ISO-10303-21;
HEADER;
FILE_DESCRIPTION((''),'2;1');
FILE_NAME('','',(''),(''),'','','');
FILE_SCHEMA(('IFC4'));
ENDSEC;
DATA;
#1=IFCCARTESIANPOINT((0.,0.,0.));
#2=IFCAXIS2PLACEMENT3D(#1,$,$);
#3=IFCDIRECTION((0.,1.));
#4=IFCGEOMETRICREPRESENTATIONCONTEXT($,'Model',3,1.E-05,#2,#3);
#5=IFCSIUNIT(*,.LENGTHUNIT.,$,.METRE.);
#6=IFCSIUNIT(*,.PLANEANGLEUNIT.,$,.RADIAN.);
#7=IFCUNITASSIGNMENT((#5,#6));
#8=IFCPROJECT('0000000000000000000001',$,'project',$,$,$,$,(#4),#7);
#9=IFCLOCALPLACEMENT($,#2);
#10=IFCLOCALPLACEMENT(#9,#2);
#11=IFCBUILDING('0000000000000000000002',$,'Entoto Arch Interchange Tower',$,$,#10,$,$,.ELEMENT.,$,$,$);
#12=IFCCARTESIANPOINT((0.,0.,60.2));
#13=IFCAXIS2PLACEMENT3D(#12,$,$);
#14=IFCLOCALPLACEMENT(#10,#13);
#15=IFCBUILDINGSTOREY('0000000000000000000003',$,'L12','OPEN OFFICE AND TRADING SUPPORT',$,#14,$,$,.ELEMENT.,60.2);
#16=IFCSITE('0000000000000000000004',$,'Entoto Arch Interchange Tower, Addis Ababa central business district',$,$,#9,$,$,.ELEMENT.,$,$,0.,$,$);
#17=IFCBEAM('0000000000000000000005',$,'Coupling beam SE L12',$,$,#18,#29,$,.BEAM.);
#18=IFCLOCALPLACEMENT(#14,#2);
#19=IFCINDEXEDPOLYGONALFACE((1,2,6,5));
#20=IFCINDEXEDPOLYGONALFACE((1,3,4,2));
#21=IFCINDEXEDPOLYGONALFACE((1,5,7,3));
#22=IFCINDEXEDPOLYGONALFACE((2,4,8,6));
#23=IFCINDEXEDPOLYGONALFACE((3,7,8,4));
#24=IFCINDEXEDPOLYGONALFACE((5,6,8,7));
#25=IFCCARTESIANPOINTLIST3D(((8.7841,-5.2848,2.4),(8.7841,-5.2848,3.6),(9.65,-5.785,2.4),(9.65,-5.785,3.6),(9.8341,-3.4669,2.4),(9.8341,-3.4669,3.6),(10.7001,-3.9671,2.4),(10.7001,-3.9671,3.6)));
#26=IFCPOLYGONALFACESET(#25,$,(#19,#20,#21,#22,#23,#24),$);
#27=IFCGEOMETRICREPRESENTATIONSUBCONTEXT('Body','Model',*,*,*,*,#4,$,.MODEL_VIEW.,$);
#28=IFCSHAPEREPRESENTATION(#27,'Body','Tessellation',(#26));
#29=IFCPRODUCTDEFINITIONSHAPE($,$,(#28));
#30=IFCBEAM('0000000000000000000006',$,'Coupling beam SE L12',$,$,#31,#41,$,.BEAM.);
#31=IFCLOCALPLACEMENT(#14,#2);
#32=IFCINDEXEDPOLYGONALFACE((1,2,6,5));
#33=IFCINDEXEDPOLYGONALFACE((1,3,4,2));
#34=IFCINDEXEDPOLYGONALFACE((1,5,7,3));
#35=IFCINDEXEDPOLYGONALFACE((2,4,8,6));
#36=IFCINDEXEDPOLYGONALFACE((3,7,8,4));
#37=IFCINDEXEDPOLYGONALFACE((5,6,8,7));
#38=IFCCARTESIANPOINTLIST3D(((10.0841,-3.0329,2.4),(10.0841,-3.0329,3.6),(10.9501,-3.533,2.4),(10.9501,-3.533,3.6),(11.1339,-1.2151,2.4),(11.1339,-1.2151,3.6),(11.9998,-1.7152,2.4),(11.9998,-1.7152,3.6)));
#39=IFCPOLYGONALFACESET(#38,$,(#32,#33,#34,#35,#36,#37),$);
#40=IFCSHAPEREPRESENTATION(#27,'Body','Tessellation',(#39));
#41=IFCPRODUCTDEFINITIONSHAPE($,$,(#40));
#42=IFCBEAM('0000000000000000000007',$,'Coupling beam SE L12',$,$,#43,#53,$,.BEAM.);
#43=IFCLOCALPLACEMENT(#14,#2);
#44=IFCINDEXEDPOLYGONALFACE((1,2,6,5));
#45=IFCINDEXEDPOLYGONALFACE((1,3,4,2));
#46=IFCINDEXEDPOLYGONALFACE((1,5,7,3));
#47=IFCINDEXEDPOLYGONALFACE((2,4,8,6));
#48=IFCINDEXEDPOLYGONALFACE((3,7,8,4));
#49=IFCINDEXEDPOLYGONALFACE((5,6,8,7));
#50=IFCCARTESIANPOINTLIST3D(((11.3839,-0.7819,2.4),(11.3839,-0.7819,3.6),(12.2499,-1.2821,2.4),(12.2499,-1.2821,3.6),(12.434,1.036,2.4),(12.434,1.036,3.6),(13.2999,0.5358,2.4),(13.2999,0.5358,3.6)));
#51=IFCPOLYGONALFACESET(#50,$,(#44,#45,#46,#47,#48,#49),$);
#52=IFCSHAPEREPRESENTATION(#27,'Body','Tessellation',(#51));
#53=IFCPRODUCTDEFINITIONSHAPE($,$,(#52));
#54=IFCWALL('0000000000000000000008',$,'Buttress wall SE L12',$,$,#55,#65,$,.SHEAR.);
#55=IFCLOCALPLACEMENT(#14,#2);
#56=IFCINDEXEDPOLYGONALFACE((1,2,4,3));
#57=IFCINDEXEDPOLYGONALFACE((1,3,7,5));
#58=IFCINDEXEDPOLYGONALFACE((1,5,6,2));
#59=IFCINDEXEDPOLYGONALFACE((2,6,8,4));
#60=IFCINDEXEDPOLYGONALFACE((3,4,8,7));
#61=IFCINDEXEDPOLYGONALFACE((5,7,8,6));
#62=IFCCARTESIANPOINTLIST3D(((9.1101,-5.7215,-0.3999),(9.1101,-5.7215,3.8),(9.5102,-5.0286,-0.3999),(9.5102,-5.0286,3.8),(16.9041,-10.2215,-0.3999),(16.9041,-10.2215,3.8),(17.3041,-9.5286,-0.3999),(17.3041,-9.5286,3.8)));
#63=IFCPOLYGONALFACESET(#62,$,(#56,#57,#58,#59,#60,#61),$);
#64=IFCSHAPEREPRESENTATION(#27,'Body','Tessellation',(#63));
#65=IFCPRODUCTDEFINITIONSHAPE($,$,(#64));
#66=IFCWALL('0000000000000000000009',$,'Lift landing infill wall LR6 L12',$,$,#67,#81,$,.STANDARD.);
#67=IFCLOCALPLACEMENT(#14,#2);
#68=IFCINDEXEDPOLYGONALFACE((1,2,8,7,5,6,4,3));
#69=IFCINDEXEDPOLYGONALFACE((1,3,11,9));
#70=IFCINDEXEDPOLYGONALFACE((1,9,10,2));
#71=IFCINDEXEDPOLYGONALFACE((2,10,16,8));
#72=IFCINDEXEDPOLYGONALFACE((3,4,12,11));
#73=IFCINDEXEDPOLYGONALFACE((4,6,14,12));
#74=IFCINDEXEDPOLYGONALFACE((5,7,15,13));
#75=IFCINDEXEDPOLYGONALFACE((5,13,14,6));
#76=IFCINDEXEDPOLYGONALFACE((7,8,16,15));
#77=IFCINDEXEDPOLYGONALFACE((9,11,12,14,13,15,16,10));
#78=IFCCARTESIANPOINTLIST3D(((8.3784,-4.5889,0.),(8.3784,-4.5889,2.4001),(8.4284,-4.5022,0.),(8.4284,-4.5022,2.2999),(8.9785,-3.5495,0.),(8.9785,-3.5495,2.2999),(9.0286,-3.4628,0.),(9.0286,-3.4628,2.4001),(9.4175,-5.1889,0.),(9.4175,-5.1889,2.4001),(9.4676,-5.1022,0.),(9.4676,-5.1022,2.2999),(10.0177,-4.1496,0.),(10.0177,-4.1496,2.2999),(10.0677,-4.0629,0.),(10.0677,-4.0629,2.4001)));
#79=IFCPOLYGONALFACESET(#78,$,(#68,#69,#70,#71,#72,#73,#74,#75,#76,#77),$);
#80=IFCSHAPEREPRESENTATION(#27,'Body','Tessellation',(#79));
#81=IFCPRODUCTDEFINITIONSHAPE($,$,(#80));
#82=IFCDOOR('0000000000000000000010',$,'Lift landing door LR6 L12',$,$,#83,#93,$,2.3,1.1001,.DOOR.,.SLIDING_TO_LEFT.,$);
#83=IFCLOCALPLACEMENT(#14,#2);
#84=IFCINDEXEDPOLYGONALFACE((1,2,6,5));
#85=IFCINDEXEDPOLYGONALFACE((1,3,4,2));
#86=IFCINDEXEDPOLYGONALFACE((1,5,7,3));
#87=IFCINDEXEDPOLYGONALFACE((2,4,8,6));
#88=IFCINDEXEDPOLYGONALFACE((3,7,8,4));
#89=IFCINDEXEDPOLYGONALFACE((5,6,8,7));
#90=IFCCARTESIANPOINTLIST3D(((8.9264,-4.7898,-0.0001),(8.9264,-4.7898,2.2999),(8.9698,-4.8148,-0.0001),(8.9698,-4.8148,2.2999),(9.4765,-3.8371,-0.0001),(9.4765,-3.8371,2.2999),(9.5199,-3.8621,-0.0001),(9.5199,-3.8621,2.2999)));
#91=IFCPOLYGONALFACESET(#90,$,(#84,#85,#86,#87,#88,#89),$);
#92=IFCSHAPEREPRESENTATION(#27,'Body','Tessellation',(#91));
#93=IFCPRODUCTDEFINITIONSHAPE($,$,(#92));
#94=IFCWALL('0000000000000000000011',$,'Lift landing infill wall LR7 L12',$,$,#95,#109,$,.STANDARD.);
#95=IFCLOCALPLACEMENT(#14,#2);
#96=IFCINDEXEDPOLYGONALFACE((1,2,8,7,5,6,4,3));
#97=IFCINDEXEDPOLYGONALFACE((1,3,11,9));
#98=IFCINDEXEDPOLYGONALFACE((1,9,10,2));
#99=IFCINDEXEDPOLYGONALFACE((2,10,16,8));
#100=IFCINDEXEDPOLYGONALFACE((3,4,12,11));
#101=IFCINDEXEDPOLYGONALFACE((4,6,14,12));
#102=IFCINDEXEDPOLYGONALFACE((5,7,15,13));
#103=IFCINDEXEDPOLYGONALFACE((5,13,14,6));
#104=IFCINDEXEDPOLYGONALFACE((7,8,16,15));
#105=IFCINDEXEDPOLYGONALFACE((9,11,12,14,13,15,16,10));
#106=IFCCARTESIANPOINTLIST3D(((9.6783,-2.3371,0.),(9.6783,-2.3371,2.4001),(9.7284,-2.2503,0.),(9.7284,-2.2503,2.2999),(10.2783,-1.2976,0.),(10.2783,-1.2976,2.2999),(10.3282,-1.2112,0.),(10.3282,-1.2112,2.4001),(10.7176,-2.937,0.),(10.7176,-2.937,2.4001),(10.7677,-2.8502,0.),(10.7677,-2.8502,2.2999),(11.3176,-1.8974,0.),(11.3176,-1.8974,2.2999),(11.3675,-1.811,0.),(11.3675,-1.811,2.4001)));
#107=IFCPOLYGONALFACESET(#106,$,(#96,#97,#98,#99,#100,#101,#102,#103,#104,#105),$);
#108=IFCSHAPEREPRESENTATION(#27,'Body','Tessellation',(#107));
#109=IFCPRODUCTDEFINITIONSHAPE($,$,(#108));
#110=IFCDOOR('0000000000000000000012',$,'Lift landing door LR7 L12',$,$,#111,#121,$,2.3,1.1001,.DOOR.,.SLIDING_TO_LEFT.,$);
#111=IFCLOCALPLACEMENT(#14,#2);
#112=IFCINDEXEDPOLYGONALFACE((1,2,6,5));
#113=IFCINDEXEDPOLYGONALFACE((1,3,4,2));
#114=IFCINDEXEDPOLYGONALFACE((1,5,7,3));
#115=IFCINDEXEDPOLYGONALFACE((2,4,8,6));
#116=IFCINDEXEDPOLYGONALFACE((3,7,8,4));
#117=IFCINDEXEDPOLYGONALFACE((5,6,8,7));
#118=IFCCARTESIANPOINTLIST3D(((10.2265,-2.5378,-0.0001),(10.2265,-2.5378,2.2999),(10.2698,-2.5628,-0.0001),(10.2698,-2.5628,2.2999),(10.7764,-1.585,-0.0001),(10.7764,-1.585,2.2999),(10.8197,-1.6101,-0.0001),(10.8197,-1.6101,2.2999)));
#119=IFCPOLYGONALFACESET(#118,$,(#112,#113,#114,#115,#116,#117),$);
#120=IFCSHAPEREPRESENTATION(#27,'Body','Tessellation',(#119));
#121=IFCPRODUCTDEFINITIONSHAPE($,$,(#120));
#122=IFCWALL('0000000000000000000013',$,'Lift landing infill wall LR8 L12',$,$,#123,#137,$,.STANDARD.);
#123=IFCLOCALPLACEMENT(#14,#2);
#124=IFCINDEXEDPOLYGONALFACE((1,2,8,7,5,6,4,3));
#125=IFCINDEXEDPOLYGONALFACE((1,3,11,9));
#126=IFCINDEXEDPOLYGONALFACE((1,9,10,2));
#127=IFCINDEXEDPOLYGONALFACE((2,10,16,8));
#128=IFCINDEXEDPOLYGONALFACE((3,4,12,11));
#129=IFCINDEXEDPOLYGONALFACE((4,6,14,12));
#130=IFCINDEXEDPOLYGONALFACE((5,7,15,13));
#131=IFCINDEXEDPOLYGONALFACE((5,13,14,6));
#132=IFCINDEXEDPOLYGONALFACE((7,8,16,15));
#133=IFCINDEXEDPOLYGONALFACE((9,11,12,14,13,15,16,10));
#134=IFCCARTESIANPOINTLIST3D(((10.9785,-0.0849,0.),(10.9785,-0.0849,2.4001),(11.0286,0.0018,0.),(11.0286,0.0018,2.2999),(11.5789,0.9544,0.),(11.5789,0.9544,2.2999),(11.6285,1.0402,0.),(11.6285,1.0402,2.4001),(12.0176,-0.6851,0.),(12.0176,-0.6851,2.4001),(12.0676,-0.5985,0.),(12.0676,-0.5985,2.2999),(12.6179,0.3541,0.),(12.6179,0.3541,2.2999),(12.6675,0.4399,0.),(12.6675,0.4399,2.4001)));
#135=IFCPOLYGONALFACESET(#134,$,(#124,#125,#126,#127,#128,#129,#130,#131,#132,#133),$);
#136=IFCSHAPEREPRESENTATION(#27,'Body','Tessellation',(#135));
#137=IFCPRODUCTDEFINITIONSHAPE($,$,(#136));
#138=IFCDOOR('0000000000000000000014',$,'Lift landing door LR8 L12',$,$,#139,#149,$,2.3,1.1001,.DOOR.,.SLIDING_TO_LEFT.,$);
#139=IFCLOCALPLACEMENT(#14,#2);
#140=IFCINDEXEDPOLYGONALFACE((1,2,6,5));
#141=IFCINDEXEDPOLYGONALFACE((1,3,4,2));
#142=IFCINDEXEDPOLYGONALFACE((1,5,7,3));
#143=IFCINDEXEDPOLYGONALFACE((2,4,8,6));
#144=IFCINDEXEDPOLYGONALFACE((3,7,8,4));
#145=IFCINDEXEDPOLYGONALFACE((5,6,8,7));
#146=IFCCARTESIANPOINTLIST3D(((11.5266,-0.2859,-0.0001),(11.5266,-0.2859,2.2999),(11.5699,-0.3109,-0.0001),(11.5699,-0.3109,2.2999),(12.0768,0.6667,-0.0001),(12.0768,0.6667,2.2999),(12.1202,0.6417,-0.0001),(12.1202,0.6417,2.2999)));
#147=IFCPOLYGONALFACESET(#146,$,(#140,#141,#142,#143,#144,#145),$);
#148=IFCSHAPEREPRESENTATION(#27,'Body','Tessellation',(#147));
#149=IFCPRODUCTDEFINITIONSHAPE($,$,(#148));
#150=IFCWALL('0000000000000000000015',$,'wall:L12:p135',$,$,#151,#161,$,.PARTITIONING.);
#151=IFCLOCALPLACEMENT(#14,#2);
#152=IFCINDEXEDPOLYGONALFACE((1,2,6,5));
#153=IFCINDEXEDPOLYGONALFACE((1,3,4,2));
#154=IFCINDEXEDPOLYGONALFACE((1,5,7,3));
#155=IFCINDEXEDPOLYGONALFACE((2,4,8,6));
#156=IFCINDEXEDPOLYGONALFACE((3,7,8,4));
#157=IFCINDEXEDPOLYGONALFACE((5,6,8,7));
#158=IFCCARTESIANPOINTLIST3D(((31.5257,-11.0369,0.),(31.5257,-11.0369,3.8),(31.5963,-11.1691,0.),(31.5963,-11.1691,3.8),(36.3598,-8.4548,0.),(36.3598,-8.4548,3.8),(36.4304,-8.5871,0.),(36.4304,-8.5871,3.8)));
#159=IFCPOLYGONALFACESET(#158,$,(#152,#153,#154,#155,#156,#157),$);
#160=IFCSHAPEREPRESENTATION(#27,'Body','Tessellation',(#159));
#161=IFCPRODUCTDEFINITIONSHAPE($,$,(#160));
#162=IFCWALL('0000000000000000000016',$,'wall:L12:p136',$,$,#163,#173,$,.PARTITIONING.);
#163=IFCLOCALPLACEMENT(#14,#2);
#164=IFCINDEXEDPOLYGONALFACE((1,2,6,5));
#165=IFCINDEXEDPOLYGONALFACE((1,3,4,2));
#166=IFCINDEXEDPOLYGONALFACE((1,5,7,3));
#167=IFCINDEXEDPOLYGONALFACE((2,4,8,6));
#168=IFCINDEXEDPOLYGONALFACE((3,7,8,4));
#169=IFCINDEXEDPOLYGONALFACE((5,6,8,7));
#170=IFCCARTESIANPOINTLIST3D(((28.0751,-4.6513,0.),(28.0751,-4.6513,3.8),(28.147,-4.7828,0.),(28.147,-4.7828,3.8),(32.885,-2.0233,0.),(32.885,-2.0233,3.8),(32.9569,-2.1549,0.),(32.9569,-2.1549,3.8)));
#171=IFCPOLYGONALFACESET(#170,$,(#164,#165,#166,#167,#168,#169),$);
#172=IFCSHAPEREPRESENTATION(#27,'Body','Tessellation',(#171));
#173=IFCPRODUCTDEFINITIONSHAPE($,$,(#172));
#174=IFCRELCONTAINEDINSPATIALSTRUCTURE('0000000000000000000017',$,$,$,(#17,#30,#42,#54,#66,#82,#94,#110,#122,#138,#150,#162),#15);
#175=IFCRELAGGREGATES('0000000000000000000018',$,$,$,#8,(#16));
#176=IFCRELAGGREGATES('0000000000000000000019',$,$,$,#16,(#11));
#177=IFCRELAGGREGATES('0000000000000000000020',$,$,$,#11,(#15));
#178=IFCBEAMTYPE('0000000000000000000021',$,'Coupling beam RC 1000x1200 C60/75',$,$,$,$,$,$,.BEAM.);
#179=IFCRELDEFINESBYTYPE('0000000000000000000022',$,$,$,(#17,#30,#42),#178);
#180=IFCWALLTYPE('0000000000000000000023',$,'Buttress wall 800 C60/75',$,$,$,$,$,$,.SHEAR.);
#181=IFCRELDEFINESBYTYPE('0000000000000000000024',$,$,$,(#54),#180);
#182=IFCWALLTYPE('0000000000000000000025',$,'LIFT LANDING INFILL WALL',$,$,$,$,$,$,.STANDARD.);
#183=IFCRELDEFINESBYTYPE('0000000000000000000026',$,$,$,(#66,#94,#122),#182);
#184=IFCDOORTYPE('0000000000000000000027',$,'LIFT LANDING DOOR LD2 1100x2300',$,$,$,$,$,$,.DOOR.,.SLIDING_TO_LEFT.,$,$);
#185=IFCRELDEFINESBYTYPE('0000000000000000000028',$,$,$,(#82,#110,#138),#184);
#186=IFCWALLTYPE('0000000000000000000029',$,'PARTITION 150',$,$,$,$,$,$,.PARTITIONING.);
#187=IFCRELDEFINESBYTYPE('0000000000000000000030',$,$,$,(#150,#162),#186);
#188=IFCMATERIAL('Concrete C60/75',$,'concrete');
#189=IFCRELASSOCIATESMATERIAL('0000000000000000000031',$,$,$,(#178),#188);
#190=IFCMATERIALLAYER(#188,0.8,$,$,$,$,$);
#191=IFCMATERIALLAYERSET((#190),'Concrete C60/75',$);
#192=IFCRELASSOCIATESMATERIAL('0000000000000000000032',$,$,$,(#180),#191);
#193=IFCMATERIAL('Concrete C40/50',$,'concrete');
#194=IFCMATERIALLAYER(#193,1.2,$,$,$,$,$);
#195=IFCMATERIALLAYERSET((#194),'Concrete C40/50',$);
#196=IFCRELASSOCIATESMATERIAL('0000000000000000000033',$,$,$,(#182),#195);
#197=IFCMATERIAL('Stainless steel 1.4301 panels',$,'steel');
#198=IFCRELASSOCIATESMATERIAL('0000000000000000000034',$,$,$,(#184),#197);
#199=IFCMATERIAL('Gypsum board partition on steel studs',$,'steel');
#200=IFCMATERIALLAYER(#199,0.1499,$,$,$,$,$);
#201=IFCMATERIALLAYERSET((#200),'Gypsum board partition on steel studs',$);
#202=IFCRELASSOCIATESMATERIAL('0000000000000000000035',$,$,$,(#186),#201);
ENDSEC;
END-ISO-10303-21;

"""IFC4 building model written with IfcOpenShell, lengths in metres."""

from ifc_helpers import new_model, si_unit, direction, frame, frame_2d, origin, origin_2d, place, context, subcontext, project, spatial, rectangle, extrude, material, layer, layer_set, material_profile, profile_set, type_object, element, fill, save


model = new_model("IFC4")

# Units and contexts
model_context = context("Model", 3, precision=1e-05, world=origin(), true_north=direction((0.0, 1.0)))
body_context = subcontext(model_context, "Body", "Model", "MODEL_VIEW")
ifc_project = project(units=[si_unit("LENGTHUNIT", "METRE"), si_unit("PLANEANGLEUNIT", "RADIAN")], contexts=[model_context])

# Site, building, storey
site_placement = place(None, origin())
site = spatial("IfcSite", under=ifc_project, at=site_placement, Name="Entoto Arch Interchange Tower, Addis Ababa central business district", CompositionType="ELEMENT", RefElevation=0.0)
building_placement = place(site_placement, origin())
building = spatial("IfcBuilding", under=site, at=building_placement, Name="Entoto Arch Interchange Tower", CompositionType="ELEMENT")
storey_placement = place(building_placement, frame((0.0, 0.0, 60.2)))
storey = spatial("IfcBuildingStorey", under=building, at=storey_placement, Name="L12", Description="OPEN OFFICE AND TRADING SUPPORT", CompositionType="ELEMENT", Elevation=60.2)

# Beams
ifc_material_1 = material(Name="Concrete C60/75", Category="concrete")
ifc_material_profile = material_profile(ifc_material_1, rectangle(XDim=1.0, YDim=1.2, at=origin_2d()))
ifc_profile_set = profile_set([ifc_material_profile], Name="Concrete C60/75")
beam_type = type_object("IfcBeamType", Name="Coupling beam RC 1000x1200 C60/75", PredefinedType="BEAM", material=ifc_profile_set)
beam_1_placement = place(storey_placement, frame((9.217, -5.5349, 3.0), z_axis=(0.500179, 0.865922, 0.0), x_axis=(-0.865922, 0.500179, 0.0)))
element("IfcBeam", 1, at=beam_1_placement, inside=storey, type_object=beam_type, Name="Coupling beam SE L12", PredefinedType="BEAM", context=body_context, shape_type="SweptSolid", body=[
    extrude(rectangle(XDim=1.0, YDim=1.2, at=origin_2d()), origin(), (0.0, 0.0, 1.0), 2.0994),
])
beam_2_placement = place(storey_placement, frame((10.5171, -3.283, 3.0), z_axis=(0.500092, 0.865973, 0.0), x_axis=(-0.865973, 0.500092, 0.0)))
element("IfcBeam", 2, at=beam_2_placement, inside=storey, type_object=beam_type, Name="Coupling beam SE L12", PredefinedType="BEAM", context=body_context, shape_type="SweptSolid", body=[
    extrude(rectangle(XDim=1.0, YDim=1.2, at=origin_2d()), origin(), (0.0, 0.0, 1.0), 2.0991),
])
beam_3_placement = place(storey_placement, frame((11.8169, -1.032, 3.0), z_axis=(0.500179, 0.865922, 0.0), x_axis=(-0.865922, 0.500179, 0.0)))
element("IfcBeam", 3, at=beam_3_placement, inside=storey, type_object=beam_type, Name="Coupling beam SE L12", PredefinedType="BEAM", context=body_context, shape_type="SweptSolid", body=[
    extrude(rectangle(XDim=1.0, YDim=1.2, at=origin_2d()), origin(), (0.0, 0.0, 1.0), 2.0994),
])

# Wall
ifc_layer_1 = layer(ifc_material_1, 0.8)
ifc_layer_set_1 = layer_set([ifc_layer_1], Name="Concrete C60/75")
wall_type_1 = type_object("IfcWallType", Name="Buttress wall 800 C60/75", PredefinedType="SHEAR", material=ifc_layer_set_1)
wall_1_placement = place(storey_placement, frame((9.3101, -5.375, -0.3999), z_axis=(0.0, 0.0, 1.0), x_axis=(0.866018, -0.500014, 0.0)))
element("IfcWall", 4, at=wall_1_placement, inside=storey, type_object=wall_type_1, Name="Buttress wall SE L12", PredefinedType="SHEAR", context=body_context, shape_type="SweptSolid", body=[
    extrude(rectangle(XDim=8.9998, YDim=0.8, at=frame_2d((4.5, 0.0))), origin(), (0.0, 0.0, 1.0), 4.2),
])

# Walls, openings, doors
ifc_material_2 = material(Name="Concrete C40/50", Category="concrete")
ifc_layer_2 = layer(ifc_material_2, 1.2)
ifc_layer_set_2 = layer_set([ifc_layer_2], Name="Concrete C40/50")
wall_type_2 = type_object("IfcWallType", Name="LIFT LANDING INFILL WALL", PredefinedType="STANDARD", material=ifc_layer_set_2)
wall_2_placement = place(storey_placement, frame((8.8979, -4.8889, 0.0), z_axis=(0.0, 0.0, 1.0), x_axis=(0.500037, 0.866004, 0.0)))
wall_2 = element("IfcWall", 5, at=wall_2_placement, inside=storey, type_object=wall_type_2, Name="Lift landing infill wall LR6 L12", PredefinedType="STANDARD", context=body_context, shape_type="SweptSolid", body=[
    extrude(rectangle(XDim=1.3003, YDim=1.2, at=frame_2d((0.6501, 0.0))), origin(), (0.0, 0.0, 1.0), 2.4001),
])
opening_1_placement = place(wall_2_placement, frame((0.1001, 0.0, 0.0)))
opening_1 = element("IfcOpeningElement", 6, at=opening_1_placement, cuts=wall_2, PredefinedType="OPENING", context=body_context, shape_type="SweptSolid", body=[
    extrude(rectangle(XDim=1.1001, YDim=2.3, at=frame_2d((0.55, 1.1499))), frame((0.0, 0.6099, 0.0), z_axis=(0.0, -1.0, 0.0), x_axis=(1.0, 0.0, 0.0)), (0.0, 0.0, 1.0), 1.22),
])
ifc_material_3 = material(Name="Stainless steel 1.4301 panels", Category="steel")
door_type_1 = type_object("IfcDoorType", Name="LIFT LANDING DOOR LD2 1100x2300", OperationType="SLIDING_TO_LEFT", PredefinedType="DOOR", material=ifc_material_3)
door_1_placement = place(opening_1_placement, origin())
door_1 = element("IfcDoor", 7, at=door_1_placement, inside=storey, type_object=door_type_1, Name="Lift landing door LR6 L12", OperationType="SLIDING_TO_LEFT", OverallHeight=2.3, OverallWidth=1.1001, PredefinedType="DOOR", context=body_context, shape_type="SweptSolid", body=[
    extrude(rectangle(XDim=1.1001, YDim=2.3, at=frame_2d((0.55, 1.1499))), frame((0.0, 0.0249, 0.0), z_axis=(0.0, -1.0, 0.0), x_axis=(1.0, 0.0, 0.0)), (0.0, 0.0, 1.0), 0.05),
])
fill(opening_1, door_1)
wall_3_placement = place(storey_placement, frame((10.198, -2.637, 0.0), z_axis=(0.0, 0.0, 1.0), x_axis=(0.499896, 0.866086, 0.0)))
wall_3 = element("IfcWall", 8, at=wall_3_placement, inside=storey, type_object=wall_type_2, Name="Lift landing infill wall LR7 L12", PredefinedType="STANDARD", context=body_context, shape_type="SweptSolid", body=[
    extrude(rectangle(XDim=1.3, YDim=1.2, at=frame_2d((0.6499, 0.0))), origin(), (0.0, 0.0, 1.0), 2.4001),
])
opening_2_placement = place(wall_3_placement, frame((0.1001, 0.0, 0.0)))
opening_2 = element("IfcOpeningElement", 9, at=opening_2_placement, cuts=wall_3, PredefinedType="OPENING", context=body_context, shape_type="SweptSolid", body=[
    extrude(rectangle(XDim=1.1001, YDim=2.3, at=frame_2d((0.55, 1.1499))), frame((0.0, 0.6099, 0.0), z_axis=(0.0, -1.0, 0.0), x_axis=(1.0, 0.0, 0.0)), (0.0, 0.0, 1.0), 1.22),
])
door_2_placement = place(opening_2_placement, origin())
door_2 = element("IfcDoor", 10, at=door_2_placement, inside=storey, type_object=door_type_1, Name="Lift landing door LR7 L12", OperationType="SLIDING_TO_LEFT", OverallHeight=2.3, OverallWidth=1.1001, PredefinedType="DOOR", context=body_context, shape_type="SweptSolid", body=[
    extrude(rectangle(XDim=1.1001, YDim=2.3, at=frame_2d((0.55, 1.1499))), frame((0.0, 0.0249, 0.0), z_axis=(0.0, -1.0, 0.0), x_axis=(1.0, 0.0, 0.0)), (0.0, 0.0, 1.0), 0.05),
])
fill(opening_2, door_2)
wall_4_placement = place(storey_placement, frame((11.498, -0.385, 0.0), z_axis=(0.0, 0.0, 1.0), x_axis=(0.500221, 0.865898, 0.0)))
wall_4 = element("IfcWall", 11, at=wall_4_placement, inside=storey, type_object=wall_type_2, Name="Lift landing infill wall LR8 L12", PredefinedType="STANDARD", context=body_context, shape_type="SweptSolid", body=[
    extrude(rectangle(XDim=1.2993, YDim=1.2, at=frame_2d((0.6497, 0.0))), origin(), (0.0, 0.0, 1.0), 2.4001),
])
opening_3_placement = place(wall_4_placement, frame((0.1001, 0.0, 0.0)))
opening_3 = element("IfcOpeningElement", 12, at=opening_3_placement, cuts=wall_4, PredefinedType="OPENING", context=body_context, shape_type="SweptSolid", body=[
    extrude(rectangle(XDim=1.1001, YDim=2.3, at=frame_2d((0.55, 1.1499))), frame((0.0, 0.6099, 0.0), z_axis=(0.0, -1.0, 0.0), x_axis=(1.0, 0.0, 0.0)), (0.0, 0.0, 1.0), 1.22),
])
door_3_placement = place(opening_3_placement, origin())
door_3 = element("IfcDoor", 13, at=door_3_placement, inside=storey, type_object=door_type_1, Name="Lift landing door LR8 L12", OperationType="SLIDING_TO_LEFT", OverallHeight=2.3, OverallWidth=1.1001, PredefinedType="DOOR", context=body_context, shape_type="SweptSolid", body=[
    extrude(rectangle(XDim=1.1001, YDim=2.3, at=frame_2d((0.55, 1.1499))), frame((0.0, 0.0249, 0.0), z_axis=(0.0, -1.0, 0.0), x_axis=(1.0, 0.0, 0.0)), (0.0, 0.0, 1.0), 0.05),
])
fill(opening_3, door_3)

# Walls
ifc_material_4 = material(Name="Gypsum board partition on steel studs", Category="steel")
ifc_layer_3 = layer(ifc_material_4, 0.1499)
ifc_layer_set_3 = layer_set([ifc_layer_3], Name="Gypsum board partition on steel studs")
wall_type_3 = type_object("IfcWallType", Name="PARTITION 150", PredefinedType="PARTITIONING", material=ifc_layer_set_3)
wall_5_placement = place(storey_placement, frame((31.561, -11.103, 0.0), z_axis=(0.0, 0.0, 1.0), x_axis=(0.882057, 0.471143, 0.0)))
element("IfcWall", 14, at=wall_5_placement, inside=storey, type_object=wall_type_3, Name="wall:L12:p135", PredefinedType="PARTITIONING", context=body_context, shape_type="SweptSolid", body=[
    extrude(rectangle(XDim=5.4805, YDim=0.1499, at=frame_2d((2.7402, 0.0))), origin(), (0.0, 0.0, 1.0), 3.8),
])
wall_6_placement = place(storey_placement, frame((28.1111, -4.717, 0.0), z_axis=(0.0, 0.0, 1.0), x_axis=(0.877558, 0.47947, 0.0)))
element("IfcWall", 15, at=wall_6_placement, inside=storey, type_object=wall_type_3, Name="wall:L12:p136", PredefinedType="PARTITIONING", context=body_context, shape_type="SweptSolid", body=[
    extrude(rectangle(XDim=5.481, YDim=0.1499, at=frame_2d((2.7405, 0.0))), origin(), (0.0, 0.0, 1.0), 3.8),
])

save(model, "model.ifc")
